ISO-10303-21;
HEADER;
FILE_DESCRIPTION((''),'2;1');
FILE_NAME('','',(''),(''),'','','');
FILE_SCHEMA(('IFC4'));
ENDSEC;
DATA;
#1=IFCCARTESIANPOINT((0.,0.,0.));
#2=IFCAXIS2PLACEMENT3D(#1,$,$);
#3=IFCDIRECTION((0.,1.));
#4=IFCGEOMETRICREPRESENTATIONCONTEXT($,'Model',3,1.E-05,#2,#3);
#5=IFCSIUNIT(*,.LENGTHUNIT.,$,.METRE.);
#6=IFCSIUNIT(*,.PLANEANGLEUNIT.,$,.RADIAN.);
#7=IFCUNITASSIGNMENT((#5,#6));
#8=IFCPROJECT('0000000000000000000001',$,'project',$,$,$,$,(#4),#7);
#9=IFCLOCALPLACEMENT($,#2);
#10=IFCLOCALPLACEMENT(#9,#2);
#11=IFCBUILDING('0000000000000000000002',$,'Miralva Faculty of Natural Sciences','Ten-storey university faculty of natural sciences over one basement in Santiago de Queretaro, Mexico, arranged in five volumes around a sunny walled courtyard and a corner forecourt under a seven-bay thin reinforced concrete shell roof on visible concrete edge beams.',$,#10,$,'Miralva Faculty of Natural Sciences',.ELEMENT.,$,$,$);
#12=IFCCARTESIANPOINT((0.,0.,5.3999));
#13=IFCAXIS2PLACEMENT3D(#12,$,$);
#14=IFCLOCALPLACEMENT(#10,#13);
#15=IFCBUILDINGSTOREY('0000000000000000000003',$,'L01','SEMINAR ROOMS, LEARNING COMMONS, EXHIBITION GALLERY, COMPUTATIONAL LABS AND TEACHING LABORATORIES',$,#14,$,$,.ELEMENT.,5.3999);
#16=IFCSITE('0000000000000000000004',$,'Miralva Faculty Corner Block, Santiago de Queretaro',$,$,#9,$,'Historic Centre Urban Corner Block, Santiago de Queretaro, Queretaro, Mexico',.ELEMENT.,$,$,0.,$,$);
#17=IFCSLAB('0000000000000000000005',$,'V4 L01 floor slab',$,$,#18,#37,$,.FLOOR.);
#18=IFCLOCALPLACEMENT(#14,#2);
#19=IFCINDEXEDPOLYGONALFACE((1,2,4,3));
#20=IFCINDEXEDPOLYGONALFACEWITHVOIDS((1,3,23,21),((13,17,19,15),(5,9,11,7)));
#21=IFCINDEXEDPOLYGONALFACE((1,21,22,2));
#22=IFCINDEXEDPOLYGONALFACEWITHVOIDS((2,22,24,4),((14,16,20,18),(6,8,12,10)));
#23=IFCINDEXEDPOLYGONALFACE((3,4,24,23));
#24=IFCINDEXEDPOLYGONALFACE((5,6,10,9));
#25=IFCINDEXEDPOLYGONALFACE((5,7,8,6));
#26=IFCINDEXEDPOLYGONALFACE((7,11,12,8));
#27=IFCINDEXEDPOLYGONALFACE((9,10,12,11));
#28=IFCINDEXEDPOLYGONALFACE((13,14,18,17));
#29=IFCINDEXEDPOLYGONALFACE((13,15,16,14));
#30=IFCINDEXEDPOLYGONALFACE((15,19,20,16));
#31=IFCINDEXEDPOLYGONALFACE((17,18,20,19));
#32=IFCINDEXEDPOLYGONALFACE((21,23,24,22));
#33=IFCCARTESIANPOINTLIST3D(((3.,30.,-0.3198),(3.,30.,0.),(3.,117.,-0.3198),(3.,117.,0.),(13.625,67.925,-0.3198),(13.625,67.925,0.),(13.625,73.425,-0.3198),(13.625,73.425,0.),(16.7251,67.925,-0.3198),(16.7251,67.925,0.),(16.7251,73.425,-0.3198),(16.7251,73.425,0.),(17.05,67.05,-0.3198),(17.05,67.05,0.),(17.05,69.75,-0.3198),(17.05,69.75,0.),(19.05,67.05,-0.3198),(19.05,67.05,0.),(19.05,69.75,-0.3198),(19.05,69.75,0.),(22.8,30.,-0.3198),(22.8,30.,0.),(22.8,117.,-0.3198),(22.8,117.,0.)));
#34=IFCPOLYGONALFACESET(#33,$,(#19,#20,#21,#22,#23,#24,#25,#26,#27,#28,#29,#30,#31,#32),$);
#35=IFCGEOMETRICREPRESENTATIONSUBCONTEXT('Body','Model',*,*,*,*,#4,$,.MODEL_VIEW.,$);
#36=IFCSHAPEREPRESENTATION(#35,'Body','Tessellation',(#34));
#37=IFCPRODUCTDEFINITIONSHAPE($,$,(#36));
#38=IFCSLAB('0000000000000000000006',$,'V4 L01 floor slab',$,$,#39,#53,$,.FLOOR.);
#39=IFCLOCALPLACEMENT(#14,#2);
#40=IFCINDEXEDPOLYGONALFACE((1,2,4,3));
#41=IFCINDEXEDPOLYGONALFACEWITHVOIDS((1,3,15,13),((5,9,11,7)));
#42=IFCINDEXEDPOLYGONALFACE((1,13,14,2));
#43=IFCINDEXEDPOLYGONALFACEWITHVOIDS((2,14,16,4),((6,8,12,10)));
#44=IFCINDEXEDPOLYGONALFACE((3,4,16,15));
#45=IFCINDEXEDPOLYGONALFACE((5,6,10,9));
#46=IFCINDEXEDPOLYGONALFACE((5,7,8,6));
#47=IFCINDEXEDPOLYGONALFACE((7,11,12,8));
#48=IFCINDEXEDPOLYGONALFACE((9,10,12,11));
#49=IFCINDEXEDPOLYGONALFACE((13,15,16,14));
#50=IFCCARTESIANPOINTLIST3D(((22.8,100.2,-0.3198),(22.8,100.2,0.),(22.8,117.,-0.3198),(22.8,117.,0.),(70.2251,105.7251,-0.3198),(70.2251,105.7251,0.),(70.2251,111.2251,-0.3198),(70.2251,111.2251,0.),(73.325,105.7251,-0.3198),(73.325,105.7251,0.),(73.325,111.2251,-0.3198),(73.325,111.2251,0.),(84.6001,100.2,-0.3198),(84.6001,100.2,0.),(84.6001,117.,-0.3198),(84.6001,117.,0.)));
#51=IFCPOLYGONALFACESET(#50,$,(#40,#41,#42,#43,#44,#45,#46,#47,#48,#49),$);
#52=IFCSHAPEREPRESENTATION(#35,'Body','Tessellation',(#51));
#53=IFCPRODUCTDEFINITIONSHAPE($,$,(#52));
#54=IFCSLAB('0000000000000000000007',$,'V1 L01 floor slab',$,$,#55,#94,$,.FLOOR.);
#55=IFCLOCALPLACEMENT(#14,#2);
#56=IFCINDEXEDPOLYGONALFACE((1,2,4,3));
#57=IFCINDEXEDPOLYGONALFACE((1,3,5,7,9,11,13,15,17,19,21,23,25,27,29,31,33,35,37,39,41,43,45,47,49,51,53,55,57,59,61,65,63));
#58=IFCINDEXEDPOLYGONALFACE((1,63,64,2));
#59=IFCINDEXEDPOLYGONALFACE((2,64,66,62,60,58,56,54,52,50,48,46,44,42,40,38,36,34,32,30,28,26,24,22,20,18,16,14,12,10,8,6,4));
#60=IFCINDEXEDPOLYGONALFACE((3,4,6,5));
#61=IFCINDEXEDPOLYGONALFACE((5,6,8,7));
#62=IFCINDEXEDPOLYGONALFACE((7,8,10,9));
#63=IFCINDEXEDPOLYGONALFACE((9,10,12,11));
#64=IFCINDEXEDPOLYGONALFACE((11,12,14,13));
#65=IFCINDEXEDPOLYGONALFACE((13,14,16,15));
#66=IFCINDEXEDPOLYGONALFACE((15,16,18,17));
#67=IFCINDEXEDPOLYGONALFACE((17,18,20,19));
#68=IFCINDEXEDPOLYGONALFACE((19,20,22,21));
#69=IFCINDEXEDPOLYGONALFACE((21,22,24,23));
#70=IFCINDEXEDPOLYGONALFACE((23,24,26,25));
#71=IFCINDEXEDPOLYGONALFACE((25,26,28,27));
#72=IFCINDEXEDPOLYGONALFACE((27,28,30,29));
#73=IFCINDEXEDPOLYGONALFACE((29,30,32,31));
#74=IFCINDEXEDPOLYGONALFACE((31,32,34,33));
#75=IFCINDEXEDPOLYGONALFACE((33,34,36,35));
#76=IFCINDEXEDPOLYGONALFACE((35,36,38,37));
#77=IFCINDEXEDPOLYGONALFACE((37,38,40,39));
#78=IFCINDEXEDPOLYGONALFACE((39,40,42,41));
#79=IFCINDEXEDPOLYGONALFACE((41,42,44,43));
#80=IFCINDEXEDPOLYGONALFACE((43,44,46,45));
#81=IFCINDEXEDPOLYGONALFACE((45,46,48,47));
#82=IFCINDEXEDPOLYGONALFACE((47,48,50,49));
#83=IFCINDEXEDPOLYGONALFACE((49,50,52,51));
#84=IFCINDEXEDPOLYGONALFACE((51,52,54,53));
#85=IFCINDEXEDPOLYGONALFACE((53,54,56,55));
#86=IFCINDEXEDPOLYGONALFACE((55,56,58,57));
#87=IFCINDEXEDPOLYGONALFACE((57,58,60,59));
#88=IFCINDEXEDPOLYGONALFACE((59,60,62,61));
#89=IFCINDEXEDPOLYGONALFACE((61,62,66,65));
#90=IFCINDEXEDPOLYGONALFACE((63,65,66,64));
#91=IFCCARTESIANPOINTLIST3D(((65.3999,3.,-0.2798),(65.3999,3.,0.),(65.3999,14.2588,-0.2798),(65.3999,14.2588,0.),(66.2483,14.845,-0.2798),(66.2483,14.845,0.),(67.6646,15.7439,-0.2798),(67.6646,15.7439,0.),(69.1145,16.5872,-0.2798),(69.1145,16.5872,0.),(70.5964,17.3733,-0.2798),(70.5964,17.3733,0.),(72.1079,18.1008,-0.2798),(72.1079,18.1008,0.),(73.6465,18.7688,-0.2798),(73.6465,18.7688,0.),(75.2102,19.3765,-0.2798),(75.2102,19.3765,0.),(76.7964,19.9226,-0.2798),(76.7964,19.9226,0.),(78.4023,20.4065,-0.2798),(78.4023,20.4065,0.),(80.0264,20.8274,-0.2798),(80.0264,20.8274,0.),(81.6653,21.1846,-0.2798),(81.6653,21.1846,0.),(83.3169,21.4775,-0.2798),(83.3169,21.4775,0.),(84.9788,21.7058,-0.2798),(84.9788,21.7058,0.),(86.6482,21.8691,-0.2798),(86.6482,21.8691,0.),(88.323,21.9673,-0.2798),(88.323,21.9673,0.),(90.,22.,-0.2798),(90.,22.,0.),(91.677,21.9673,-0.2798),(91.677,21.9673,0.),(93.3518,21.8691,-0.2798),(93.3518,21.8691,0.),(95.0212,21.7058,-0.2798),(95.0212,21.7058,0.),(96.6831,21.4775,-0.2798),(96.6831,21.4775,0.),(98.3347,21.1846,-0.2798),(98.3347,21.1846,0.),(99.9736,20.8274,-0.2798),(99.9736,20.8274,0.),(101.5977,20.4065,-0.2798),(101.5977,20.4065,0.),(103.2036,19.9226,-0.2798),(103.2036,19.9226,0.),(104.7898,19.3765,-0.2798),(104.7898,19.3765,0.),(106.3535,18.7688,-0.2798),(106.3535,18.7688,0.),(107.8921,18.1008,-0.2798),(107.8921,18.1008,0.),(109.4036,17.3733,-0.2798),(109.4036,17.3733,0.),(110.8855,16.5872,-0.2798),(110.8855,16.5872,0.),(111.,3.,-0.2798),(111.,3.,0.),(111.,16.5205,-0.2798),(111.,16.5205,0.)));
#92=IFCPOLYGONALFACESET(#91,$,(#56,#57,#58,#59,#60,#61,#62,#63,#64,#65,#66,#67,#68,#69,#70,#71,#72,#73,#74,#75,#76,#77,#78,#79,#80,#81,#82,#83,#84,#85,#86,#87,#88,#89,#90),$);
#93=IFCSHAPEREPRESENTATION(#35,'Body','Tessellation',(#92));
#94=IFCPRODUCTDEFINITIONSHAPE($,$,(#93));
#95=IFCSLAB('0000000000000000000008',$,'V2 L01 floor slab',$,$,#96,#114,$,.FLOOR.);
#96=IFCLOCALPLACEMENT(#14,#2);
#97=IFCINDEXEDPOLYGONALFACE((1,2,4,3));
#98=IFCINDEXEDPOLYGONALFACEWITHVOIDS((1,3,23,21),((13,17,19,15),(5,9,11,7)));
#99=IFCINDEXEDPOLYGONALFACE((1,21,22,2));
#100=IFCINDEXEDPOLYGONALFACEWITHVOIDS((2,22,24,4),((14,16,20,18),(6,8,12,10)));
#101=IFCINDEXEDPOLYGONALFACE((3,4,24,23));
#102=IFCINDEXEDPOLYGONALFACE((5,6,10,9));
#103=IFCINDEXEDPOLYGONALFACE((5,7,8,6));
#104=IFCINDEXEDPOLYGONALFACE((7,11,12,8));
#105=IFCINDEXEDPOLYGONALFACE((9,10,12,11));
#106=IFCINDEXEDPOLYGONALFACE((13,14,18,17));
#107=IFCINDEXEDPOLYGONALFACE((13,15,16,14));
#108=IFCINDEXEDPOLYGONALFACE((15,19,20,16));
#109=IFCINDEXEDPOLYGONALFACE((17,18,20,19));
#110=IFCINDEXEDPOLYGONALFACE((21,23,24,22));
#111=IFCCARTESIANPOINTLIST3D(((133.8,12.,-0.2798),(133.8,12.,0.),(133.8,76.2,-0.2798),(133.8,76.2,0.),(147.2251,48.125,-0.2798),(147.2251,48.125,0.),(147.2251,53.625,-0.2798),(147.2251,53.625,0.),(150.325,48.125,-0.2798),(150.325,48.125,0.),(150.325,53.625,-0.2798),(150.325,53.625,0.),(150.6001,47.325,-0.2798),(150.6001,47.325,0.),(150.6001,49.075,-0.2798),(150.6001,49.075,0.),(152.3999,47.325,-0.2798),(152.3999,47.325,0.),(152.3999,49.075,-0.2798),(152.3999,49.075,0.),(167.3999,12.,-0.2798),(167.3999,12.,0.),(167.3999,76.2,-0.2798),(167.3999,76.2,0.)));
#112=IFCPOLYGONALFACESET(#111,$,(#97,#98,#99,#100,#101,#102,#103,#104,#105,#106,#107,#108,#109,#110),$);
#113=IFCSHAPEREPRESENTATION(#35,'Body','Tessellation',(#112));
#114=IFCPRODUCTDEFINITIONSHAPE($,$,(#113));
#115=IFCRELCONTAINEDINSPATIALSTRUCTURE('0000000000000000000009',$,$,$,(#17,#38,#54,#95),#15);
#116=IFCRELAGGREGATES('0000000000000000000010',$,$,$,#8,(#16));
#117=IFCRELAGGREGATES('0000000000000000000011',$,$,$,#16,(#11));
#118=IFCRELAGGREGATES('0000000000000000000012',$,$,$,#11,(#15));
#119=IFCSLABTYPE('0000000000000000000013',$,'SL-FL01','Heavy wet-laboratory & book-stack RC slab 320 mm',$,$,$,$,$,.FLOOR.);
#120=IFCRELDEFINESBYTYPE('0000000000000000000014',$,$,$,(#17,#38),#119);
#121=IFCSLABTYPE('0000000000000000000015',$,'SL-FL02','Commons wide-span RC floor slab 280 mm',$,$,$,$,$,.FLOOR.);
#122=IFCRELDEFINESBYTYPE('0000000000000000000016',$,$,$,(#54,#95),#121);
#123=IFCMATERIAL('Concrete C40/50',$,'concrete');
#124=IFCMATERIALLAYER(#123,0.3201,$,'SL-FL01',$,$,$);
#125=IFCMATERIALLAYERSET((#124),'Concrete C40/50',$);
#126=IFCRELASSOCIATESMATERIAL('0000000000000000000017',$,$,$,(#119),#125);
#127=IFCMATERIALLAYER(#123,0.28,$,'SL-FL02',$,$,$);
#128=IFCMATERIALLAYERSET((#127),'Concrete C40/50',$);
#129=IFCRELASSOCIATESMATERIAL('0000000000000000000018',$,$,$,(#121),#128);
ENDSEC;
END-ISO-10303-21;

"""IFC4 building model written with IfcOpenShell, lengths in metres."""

from ifc_helpers import new_model, si_unit, direction, frame, origin, place, context, subcontext, project, spatial, polyline, outline, extrude, material, layer, layer_set, type_object, element, save


model = new_model("IFC4")

# Units and contexts
model_context = context("Model", 3, precision=1e-05, world=origin(), true_north=direction((0.0, 1.0)))
body_context = subcontext(model_context, "Body", "Model", "MODEL_VIEW")
ifc_project = project(units=[si_unit("LENGTHUNIT", "METRE"), si_unit("PLANEANGLEUNIT", "RADIAN")], contexts=[model_context])

# Site, building, storey
site_placement = place(None, origin())
site = spatial("IfcSite", under=ifc_project, at=site_placement, Name="Miralva Faculty Corner Block, Santiago de Queretaro", LongName="Historic Centre Urban Corner Block, Santiago de Queretaro, Queretaro, Mexico", CompositionType="ELEMENT", RefElevation=0.0)
building_placement = place(site_placement, origin())
building = spatial("IfcBuilding", under=site, at=building_placement, Name="Miralva Faculty of Natural Sciences", Description="Ten-storey university faculty of natural sciences over one basement in Santiago de Queretaro, Mexico, arranged in five volumes around a sunny walled courtyard and a corner forecourt under a seven-bay thin reinforced concrete shell roof on visible concrete edge beams.", LongName="Miralva Faculty of Natural Sciences", CompositionType="ELEMENT")
storey_placement = place(building_placement, frame((0.0, 0.0, 5.3999)))
storey = spatial("IfcBuildingStorey", under=building, at=storey_placement, Name="L01", Description="SEMINAR ROOMS, LEARNING COMMONS, EXHIBITION GALLERY, COMPUTATIONAL LABS AND TEACHING LABORATORIES", CompositionType="ELEMENT", Elevation=5.3999)

# Slabs
ifc_material_1 = material(Name="Concrete C40/50", Category="concrete")
ifc_layer_1 = layer(ifc_material_1, 0.3201, Name="SL-FL01")
ifc_layer_set_1 = layer_set([ifc_layer_1], Name="Concrete C40/50")
slab_type_1 = type_object("IfcSlabType", Name="SL-FL01", Description="Heavy wet-laboratory & book-stack RC slab 320 mm", PredefinedType="FLOOR", material=ifc_layer_set_1)
slab_1_placement = place(storey_placement, frame((0.0, 0.0, -0.3198)))
element("IfcSlab", 1, at=slab_1_placement, inside=storey, type_object=slab_type_1, Name="V4 L01 floor slab", PredefinedType="FLOOR", context=body_context, shape_type="SweptSolid", body=[
    extrude(outline(polyline([(22.8, 30.0), (3.0, 30.0), (3.0, 117.0), (22.8, 117.0), (22.8, 30.0)]), holes=[polyline([(16.7251, 67.925), (13.625, 67.925), (13.625, 73.425), (16.7251, 73.425), (16.7251, 67.925)]), polyline([(19.05, 67.05), (17.05, 67.05), (17.05, 69.75), (19.05, 69.75), (19.05, 67.05)])]), origin(), (0.0, 0.0, 1.0), 0.3198),
])
slab_2_placement = place(storey_placement, frame((0.0, 0.0, -0.3198)))
element("IfcSlab", 2, at=slab_2_placement, inside=storey, type_object=slab_type_1, Name="V4 L01 floor slab", PredefinedType="FLOOR", context=body_context, shape_type="SweptSolid", body=[
    extrude(outline(polyline([(84.6001, 100.2), (22.8, 100.2), (22.8, 117.0), (84.6001, 117.0), (84.6001, 100.2)]), holes=[polyline([(73.325, 105.7251), (70.2251, 105.7251), (70.2251, 111.2251), (73.325, 111.2251), (73.325, 105.7251)])]), origin(), (0.0, 0.0, 1.0), 0.3198),
])
ifc_layer_2 = layer(ifc_material_1, 0.28, Name="SL-FL02")
ifc_layer_set_2 = layer_set([ifc_layer_2], Name="Concrete C40/50")
slab_type_2 = type_object("IfcSlabType", Name="SL-FL02", Description="Commons wide-span RC floor slab 280 mm", PredefinedType="FLOOR", material=ifc_layer_set_2)
slab_3_placement = place(storey_placement, frame((0.0, 0.0, -0.2798)))
element("IfcSlab", 3, at=slab_3_placement, inside=storey, type_object=slab_type_2, Name="V1 L01 floor slab", PredefinedType="FLOOR", context=body_context, shape_type="SweptSolid", body=[
    extrude(outline(polyline([(111.0, 3.0), (65.3999, 3.0), (65.3999, 14.2588), (66.2483, 14.845), (67.6646, 15.7439), (69.1145, 16.5872), (70.5964, 17.3733), (72.1079, 18.1008), (73.6465, 18.7688), (75.2102, 19.3765), (76.7964, 19.9226), (78.4023, 20.4065), (80.0264, 20.8274), (81.6653, 21.1846), (83.3169, 21.4775), (84.9788, 21.7058), (86.6482, 21.8691), (88.323, 21.9673), (90.0, 22.0), (91.677, 21.9673), (93.3518, 21.8691), (95.0212, 21.7058), (96.6831, 21.4775), (98.3347, 21.1846), (99.9736, 20.8274), (101.5977, 20.4065), (103.2036, 19.9226), (104.7898, 19.3765), (106.3535, 18.7688), (107.8921, 18.1008), (109.4036, 17.3733), (110.8855, 16.5872), (111.0, 16.5205), (111.0, 3.0)])), origin(), (0.0, 0.0, 1.0), 0.2798),
])
slab_4_placement = place(storey_placement, frame((0.0, 0.0, -0.2798)))
element("IfcSlab", 4, at=slab_4_placement, inside=storey, type_object=slab_type_2, Name="V2 L01 floor slab", PredefinedType="FLOOR", context=body_context, shape_type="SweptSolid", body=[
    extrude(outline(polyline([(167.3999, 12.0), (133.8, 12.0), (133.8, 76.2), (167.3999, 76.2), (167.3999, 12.0)]), holes=[polyline([(150.325, 48.125), (147.2251, 48.125), (147.2251, 53.625), (150.325, 53.625), (150.325, 48.125)]), polyline([(152.3999, 47.325), (150.6001, 47.325), (150.6001, 49.075), (152.3999, 49.075), (152.3999, 47.325)])]), origin(), (0.0, 0.0, 1.0), 0.2798),
])

save(model, "model.ifc")
